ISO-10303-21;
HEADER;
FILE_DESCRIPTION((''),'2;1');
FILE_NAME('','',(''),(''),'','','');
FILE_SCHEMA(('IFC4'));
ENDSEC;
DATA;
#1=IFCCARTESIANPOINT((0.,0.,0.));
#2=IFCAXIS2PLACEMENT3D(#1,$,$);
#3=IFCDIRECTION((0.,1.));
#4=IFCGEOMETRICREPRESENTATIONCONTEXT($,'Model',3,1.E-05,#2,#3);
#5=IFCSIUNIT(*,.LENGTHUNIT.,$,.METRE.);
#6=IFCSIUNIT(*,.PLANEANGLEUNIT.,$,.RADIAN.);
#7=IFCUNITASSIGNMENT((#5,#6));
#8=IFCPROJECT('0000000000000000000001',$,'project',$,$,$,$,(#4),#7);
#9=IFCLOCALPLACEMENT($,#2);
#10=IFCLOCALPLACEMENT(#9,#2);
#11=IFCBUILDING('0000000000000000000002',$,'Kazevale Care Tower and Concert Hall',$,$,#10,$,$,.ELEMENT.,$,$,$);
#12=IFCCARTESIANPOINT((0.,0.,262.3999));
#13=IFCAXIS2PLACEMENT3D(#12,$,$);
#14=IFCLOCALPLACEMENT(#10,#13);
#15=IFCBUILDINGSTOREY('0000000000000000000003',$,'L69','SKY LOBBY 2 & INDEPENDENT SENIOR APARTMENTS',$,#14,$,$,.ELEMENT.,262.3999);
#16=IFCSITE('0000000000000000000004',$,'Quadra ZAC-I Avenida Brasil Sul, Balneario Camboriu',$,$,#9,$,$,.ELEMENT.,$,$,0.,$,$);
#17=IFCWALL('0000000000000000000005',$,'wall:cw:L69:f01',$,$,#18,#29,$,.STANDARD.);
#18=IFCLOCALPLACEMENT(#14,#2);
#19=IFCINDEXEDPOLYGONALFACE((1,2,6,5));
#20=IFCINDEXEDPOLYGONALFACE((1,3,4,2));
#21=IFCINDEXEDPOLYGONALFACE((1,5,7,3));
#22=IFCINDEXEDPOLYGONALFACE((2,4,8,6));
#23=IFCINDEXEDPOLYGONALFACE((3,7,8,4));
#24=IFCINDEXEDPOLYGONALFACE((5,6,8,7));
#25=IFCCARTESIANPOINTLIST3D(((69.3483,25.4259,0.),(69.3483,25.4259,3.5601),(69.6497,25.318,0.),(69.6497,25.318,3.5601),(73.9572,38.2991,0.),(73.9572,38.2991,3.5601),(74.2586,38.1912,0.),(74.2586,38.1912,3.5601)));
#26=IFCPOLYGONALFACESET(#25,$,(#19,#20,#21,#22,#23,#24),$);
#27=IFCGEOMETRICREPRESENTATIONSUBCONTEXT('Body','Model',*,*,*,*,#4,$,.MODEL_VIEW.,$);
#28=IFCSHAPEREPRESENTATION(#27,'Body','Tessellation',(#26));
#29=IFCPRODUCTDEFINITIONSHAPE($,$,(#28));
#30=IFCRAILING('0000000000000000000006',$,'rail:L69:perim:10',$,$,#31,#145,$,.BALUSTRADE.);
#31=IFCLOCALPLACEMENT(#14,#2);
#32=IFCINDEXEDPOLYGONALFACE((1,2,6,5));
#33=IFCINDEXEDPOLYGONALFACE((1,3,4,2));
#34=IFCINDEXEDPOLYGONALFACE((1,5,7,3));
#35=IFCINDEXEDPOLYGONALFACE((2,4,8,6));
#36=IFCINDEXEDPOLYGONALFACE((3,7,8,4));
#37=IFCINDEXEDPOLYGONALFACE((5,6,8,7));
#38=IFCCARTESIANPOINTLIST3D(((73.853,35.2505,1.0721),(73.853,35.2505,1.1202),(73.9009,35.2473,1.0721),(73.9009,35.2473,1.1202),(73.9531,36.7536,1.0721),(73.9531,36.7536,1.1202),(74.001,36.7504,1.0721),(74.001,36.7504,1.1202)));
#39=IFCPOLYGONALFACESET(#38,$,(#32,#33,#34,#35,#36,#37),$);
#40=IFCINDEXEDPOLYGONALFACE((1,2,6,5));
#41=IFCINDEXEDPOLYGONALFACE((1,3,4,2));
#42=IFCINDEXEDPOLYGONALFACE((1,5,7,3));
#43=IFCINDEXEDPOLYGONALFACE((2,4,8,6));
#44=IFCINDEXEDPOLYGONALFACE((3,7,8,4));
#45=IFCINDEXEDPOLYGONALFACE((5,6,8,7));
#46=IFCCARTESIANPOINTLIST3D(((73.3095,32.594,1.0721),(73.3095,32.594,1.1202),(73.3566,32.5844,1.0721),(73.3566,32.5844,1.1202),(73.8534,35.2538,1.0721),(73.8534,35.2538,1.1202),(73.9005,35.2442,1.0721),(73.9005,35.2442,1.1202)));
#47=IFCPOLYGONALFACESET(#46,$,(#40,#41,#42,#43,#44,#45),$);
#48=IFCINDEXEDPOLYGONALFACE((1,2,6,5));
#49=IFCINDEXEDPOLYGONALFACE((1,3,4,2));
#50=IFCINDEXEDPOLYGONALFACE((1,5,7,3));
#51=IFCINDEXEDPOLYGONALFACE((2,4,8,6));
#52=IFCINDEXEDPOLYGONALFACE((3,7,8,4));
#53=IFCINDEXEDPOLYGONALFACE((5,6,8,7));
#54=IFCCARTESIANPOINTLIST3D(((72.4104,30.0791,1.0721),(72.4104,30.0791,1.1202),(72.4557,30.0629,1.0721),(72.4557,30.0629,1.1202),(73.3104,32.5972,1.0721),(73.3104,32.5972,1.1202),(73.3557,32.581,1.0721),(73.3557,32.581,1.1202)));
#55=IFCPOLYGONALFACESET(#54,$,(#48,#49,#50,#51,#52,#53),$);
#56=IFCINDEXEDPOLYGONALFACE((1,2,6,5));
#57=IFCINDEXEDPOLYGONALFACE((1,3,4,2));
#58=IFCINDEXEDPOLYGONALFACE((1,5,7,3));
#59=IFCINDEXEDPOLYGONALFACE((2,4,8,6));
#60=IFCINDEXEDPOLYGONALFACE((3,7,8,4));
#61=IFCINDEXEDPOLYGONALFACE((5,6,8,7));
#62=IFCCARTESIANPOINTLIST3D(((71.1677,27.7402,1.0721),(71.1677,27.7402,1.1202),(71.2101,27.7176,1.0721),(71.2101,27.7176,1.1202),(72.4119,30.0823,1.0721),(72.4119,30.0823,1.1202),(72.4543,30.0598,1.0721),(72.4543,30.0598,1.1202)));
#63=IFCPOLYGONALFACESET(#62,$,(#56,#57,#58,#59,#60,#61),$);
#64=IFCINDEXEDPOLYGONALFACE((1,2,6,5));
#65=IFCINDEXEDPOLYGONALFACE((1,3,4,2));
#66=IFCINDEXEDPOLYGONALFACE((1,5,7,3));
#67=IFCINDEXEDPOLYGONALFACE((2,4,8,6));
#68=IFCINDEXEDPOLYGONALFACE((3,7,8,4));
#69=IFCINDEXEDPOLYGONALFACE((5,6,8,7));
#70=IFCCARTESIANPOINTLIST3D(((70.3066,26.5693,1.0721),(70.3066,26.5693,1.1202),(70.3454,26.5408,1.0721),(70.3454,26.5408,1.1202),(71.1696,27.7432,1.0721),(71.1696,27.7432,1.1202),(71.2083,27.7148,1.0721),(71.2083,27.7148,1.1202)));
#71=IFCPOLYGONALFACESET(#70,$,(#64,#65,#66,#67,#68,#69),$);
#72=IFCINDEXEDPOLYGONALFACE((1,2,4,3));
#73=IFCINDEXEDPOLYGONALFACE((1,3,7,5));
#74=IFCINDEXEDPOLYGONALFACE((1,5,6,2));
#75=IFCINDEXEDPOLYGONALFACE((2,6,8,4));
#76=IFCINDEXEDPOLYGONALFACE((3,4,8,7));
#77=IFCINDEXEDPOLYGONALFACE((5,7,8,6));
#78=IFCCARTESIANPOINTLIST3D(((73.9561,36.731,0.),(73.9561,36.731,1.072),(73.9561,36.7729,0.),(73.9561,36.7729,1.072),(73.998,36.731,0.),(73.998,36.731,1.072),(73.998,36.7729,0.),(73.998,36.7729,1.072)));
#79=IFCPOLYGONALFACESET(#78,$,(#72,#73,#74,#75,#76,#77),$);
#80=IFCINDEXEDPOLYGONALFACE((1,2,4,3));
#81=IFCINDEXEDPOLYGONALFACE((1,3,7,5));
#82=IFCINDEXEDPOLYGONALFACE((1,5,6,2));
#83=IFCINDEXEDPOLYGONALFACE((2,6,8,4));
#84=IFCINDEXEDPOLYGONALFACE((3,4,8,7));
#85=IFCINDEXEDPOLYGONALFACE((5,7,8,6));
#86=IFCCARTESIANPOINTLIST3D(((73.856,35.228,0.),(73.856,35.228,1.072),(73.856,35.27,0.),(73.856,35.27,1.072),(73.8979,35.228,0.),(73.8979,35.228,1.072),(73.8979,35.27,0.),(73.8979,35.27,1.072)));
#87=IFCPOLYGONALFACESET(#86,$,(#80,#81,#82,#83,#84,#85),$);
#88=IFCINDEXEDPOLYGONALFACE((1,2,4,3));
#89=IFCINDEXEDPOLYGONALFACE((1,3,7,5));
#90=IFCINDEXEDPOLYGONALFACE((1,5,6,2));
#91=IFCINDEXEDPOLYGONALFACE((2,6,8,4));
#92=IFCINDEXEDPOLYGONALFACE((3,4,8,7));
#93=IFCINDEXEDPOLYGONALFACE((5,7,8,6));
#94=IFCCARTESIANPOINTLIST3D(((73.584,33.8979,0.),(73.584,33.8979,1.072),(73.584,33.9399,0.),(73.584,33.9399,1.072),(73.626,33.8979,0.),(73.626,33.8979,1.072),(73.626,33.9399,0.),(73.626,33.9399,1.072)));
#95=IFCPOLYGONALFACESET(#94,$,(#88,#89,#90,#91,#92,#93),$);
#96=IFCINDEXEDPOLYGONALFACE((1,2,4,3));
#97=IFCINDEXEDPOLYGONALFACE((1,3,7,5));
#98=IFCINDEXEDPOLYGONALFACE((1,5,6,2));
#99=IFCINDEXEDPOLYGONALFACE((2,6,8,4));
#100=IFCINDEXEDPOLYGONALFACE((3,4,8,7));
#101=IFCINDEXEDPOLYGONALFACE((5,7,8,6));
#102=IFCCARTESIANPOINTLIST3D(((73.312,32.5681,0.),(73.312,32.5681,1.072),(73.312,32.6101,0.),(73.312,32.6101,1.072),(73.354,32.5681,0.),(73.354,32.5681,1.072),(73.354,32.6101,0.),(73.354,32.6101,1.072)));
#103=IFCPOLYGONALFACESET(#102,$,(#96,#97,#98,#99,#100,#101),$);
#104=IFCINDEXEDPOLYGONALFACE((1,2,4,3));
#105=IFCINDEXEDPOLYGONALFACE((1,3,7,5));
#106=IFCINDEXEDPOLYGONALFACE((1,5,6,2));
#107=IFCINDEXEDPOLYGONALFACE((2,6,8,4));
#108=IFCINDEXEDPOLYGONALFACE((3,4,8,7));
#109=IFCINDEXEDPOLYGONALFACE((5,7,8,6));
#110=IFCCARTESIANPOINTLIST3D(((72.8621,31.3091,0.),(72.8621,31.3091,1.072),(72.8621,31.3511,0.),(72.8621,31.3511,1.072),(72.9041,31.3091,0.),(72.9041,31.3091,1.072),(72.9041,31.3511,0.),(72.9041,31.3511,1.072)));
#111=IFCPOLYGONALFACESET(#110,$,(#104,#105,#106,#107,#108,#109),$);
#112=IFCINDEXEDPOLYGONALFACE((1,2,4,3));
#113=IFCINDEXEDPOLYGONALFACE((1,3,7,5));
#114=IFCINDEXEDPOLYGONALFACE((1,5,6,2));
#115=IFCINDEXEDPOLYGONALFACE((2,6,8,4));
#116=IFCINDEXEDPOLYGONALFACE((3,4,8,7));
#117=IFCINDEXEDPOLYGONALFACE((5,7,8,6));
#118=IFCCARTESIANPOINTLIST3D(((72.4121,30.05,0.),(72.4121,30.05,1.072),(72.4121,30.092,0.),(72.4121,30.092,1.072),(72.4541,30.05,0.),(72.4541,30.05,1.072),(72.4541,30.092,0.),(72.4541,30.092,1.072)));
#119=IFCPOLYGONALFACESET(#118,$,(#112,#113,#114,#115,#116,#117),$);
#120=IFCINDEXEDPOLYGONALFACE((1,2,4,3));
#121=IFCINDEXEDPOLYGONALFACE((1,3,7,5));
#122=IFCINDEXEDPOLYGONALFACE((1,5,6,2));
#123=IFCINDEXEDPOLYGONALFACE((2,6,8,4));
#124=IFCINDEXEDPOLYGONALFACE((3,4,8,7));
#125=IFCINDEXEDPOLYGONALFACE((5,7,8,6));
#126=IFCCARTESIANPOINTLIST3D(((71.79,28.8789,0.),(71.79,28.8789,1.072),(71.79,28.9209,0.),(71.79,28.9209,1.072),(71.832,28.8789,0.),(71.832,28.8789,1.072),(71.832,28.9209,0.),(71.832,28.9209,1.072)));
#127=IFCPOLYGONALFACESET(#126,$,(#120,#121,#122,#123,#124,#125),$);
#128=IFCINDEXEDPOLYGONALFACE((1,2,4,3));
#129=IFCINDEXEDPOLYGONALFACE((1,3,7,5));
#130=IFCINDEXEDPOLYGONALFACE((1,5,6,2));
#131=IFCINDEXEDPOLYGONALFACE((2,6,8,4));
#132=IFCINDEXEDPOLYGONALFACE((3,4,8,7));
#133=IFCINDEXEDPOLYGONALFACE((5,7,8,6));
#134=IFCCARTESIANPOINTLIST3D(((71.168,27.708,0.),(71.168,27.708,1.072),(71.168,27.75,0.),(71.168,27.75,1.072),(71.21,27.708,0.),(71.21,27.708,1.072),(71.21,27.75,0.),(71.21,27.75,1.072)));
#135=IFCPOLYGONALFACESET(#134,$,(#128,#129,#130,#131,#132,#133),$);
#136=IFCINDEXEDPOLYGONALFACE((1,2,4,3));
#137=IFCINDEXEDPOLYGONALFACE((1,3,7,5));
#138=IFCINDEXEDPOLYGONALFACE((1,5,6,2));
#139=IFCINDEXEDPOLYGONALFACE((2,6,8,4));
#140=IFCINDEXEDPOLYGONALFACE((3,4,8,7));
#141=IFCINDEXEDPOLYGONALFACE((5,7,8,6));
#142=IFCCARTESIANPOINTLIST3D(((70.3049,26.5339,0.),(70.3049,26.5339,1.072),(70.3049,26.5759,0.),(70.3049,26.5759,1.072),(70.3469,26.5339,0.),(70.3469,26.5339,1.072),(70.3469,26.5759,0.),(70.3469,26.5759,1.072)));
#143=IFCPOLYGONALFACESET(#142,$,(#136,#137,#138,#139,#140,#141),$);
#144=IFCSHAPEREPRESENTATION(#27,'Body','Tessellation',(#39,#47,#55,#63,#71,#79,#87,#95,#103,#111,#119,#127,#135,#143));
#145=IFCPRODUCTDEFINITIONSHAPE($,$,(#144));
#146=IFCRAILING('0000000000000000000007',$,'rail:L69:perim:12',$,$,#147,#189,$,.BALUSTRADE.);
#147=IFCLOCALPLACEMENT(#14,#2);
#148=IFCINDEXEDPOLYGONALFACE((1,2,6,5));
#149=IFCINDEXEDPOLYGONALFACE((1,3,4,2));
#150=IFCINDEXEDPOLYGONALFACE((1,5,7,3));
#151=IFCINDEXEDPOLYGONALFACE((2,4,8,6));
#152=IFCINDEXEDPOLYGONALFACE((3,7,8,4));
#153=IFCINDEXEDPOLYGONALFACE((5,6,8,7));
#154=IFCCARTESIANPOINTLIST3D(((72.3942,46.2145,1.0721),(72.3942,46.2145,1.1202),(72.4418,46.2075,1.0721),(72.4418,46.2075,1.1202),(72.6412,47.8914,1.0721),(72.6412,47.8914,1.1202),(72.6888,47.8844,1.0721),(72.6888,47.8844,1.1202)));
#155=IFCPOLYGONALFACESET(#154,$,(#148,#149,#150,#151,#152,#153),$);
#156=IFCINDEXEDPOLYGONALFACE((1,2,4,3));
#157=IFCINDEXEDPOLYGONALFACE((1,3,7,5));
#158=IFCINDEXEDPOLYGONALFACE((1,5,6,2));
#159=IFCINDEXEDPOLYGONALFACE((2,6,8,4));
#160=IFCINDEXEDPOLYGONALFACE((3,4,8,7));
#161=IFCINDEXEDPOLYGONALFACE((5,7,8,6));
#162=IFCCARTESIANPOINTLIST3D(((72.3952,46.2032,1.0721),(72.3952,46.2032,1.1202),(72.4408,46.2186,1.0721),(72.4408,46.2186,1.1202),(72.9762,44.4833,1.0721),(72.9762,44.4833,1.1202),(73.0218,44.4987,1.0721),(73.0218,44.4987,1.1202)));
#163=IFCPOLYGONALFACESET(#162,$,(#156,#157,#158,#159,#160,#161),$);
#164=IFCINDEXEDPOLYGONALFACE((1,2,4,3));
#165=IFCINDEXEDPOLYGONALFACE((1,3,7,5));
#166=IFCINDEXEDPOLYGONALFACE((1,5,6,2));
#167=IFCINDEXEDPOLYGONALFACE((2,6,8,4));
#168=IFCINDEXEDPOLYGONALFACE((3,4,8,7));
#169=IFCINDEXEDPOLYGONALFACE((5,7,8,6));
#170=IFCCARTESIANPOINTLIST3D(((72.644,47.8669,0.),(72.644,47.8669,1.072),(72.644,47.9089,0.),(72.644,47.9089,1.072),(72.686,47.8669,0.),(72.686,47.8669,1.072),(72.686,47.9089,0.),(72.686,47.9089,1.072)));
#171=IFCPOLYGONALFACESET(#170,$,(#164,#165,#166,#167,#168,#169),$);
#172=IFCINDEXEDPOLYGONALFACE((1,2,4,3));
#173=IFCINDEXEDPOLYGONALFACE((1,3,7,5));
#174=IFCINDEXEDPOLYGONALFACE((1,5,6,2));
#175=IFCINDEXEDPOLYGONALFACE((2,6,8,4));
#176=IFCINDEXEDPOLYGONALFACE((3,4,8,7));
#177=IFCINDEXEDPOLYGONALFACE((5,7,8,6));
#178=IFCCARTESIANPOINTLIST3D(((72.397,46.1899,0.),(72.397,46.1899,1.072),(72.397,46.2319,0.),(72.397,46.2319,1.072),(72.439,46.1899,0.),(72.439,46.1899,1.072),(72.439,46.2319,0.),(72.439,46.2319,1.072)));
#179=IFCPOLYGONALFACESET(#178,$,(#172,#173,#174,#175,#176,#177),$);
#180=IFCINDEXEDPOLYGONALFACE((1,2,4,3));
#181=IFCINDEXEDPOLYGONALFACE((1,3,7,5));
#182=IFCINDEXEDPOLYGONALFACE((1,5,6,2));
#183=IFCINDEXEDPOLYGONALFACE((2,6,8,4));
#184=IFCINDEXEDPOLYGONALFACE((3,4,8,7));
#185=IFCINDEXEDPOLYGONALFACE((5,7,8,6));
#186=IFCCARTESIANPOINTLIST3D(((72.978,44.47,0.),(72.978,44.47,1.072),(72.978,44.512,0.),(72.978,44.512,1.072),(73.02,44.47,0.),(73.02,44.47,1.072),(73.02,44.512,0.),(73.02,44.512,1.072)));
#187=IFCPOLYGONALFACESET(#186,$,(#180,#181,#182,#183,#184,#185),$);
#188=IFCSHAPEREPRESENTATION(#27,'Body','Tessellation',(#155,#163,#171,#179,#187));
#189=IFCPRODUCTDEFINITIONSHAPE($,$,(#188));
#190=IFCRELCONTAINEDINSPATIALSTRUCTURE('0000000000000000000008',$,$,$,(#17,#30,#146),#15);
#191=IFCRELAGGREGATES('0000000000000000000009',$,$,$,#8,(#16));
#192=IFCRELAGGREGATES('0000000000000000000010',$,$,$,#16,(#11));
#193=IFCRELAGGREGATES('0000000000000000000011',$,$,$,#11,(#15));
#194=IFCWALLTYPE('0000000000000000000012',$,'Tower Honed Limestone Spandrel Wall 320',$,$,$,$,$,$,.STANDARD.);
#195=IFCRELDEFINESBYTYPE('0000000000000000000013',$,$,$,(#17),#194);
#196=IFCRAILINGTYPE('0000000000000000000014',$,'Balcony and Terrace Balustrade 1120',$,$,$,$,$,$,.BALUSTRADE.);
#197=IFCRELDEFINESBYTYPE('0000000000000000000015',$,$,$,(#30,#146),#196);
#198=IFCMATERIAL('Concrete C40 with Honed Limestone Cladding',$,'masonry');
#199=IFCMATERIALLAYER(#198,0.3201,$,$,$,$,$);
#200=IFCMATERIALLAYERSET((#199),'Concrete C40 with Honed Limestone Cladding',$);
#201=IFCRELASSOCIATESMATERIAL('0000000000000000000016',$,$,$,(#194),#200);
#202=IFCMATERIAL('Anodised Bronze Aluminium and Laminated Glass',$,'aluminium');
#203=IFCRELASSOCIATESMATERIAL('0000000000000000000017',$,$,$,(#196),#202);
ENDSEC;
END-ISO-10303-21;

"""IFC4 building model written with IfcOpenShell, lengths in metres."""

from ifc_helpers import new_model, si_unit, direction, frame, frame_2d, origin, origin_2d, place, context, subcontext, project, spatial, rectangle, extrude, material, layer, layer_set, type_object, element, save


model = new_model("IFC4")

# Units and contexts
model_context = context("Model", 3, precision=1e-05, world=origin(), true_north=direction((0.0, 1.0)))
body_context = subcontext(model_context, "Body", "Model", "MODEL_VIEW")
ifc_project = project(units=[si_unit("LENGTHUNIT", "METRE"), si_unit("PLANEANGLEUNIT", "RADIAN")], contexts=[model_context])

# Site, building, storey
site_placement = place(None, origin())
site = spatial("IfcSite", under=ifc_project, at=site_placement, Name="Quadra ZAC-I Avenida Brasil Sul, Balneario Camboriu", CompositionType="ELEMENT", RefElevation=0.0)
building_placement = place(site_placement, origin())
building = spatial("IfcBuilding", under=site, at=building_placement, Name="Kazevale Care Tower and Concert Hall", CompositionType="ELEMENT")
storey_placement = place(building_placement, frame((0.0, 0.0, 262.3999)))
storey = spatial("IfcBuildingStorey", under=building, at=storey_placement, Name="L69", Description="SKY LOBBY 2 & INDEPENDENT SENIOR APARTMENTS", CompositionType="ELEMENT", Elevation=262.3999)

# Wall
ifc_material_1 = material(Name="Concrete C40 with Honed Limestone Cladding", Category="masonry")
ifc_layer_1 = layer(ifc_material_1, 0.3201)
ifc_layer_set_1 = layer_set([ifc_layer_1], Name="Concrete C40 with Honed Limestone Cladding")
wall_type_1 = type_object("IfcWallType", Name="Tower Honed Limestone Spandrel Wall 320", PredefinedType="STANDARD", material=ifc_layer_set_1)
wall_1_placement = place(storey_placement, frame((74.1079, 38.2451, 0.0), z_axis=(0.0, 0.0, 1.0), x_axis=(-0.337074, -0.941478, 0.0)))
element("IfcWall", 1, at=wall_1_placement, inside=storey, type_object=wall_type_1, Name="wall:cw:L69:f01", PredefinedType="STANDARD", context=body_context, shape_type="SweptSolid", body=[
    extrude(rectangle(XDim=13.6733, YDim=0.3201, at=frame_2d((6.8367, 0.0))), origin(), (0.0, 0.0, 1.0), 3.5601),
])

# Railings
ifc_material_2 = material(Name="Anodised Bronze Aluminium and Laminated Glass", Category="aluminium")
railing_type = type_object("IfcRailingType", Name="Balcony and Terrace Balustrade 1120", PredefinedType="BALUSTRADE", material=ifc_material_2)
railing_1_placement = place(storey_placement, frame((73.9771, 36.752, 0.0)))
element("IfcRailing", 2, at=railing_1_placement, inside=storey, type_object=railing_type, Name="rail:L69:perim:10", PredefinedType="BALUSTRADE", context=body_context, shape_type="SweptSolid", body=[
    extrude(rectangle(XDim=0.0481, YDim=0.0481, at=origin_2d()), frame((0.0, 0.0, 1.0962), z_axis=(-0.066454, -0.997789, 0.0), x_axis=(0.997789, -0.066454, 0.0)), (0.0, 0.0, 1.0), 1.5063),
    extrude(rectangle(XDim=0.0481, YDim=0.0481, at=origin_2d()), frame((-0.1001, -1.5029, 1.0962), z_axis=(-0.200351, -0.979724, 0.0), x_axis=(0.979724, -0.200351, 0.0)), (0.0, 0.0, 1.0), 2.7148),
    extrude(rectangle(XDim=0.0481, YDim=0.0481, at=origin_2d()), frame((-0.644, -4.1628, 1.0962), z_axis=(-0.336533, -0.941672, 0.0), x_axis=(0.941672, -0.336533, 0.0)), (0.0, 0.0, 1.0), 2.6741),
    extrude(rectangle(XDim=0.0481, YDim=0.0481, at=origin_2d()), frame((-1.5439, -6.6809, 1.0962), z_axis=(-0.469135, -0.883126, 0.0), x_axis=(0.883126, -0.469135, 0.0)), (0.0, 0.0, 1.0), 2.6521),
    extrude(rectangle(XDim=0.0481, YDim=0.0481, at=origin_2d()), frame((-2.7881, -9.0229, 1.0962), z_axis=(-0.592278, -0.805733, 0.0), x_axis=(0.805733, -0.592278, 0.0)), (0.0, 0.0, 1.0), 1.457),
    extrude(rectangle(XDim=0.042, YDim=0.042, at=origin_2d()), origin(), (0.0, 0.0, 1.0), 1.072),
    extrude(rectangle(XDim=0.042, YDim=0.042, at=origin_2d()), frame((-0.1001, -1.5029, 0.0)), (0.0, 0.0, 1.0), 1.072),
    extrude(rectangle(XDim=0.042, YDim=0.042, at=origin_2d()), frame((-0.3721, -2.833, 0.0)), (0.0, 0.0, 1.0), 1.072),
    extrude(rectangle(XDim=0.042, YDim=0.042, at=origin_2d()), frame((-0.644, -4.1628, 0.0)), (0.0, 0.0, 1.0), 1.072),
    extrude(rectangle(XDim=0.042, YDim=0.042, at=origin_2d()), frame((-1.094, -5.4219, 0.0)), (0.0, 0.0, 1.0), 1.072),
    extrude(rectangle(XDim=0.042, YDim=0.042, at=origin_2d()), frame((-1.5439, -6.6809, 0.0)), (0.0, 0.0, 1.0), 1.072),
    extrude(rectangle(XDim=0.042, YDim=0.042, at=origin_2d()), frame((-2.166, -7.8521, 0.0)), (0.0, 0.0, 1.0), 1.072),
    extrude(rectangle(XDim=0.042, YDim=0.042, at=origin_2d()), frame((-2.7881, -9.0229, 0.0)), (0.0, 0.0, 1.0), 1.072),
    extrude(rectangle(XDim=0.042, YDim=0.042, at=origin_2d()), frame((-3.6511, -10.197, 0.0)), (0.0, 0.0, 1.0), 1.072),
])
railing_2_placement = place(storey_placement, frame((72.665, 47.8879, 0.0)))
element("IfcRailing", 3, at=railing_2_placement, inside=storey, type_object=railing_type, Name="rail:L69:perim:12", PredefinedType="BALUSTRADE", context=body_context, shape_type="SweptSolid", body=[
    extrude(rectangle(XDim=0.0481, YDim=0.0481, at=origin_2d()), frame((0.0, 0.0, 1.0962), z_axis=(-0.145755, -0.989321, 0.0), x_axis=(0.989321, -0.145755, 0.0)), (0.0, 0.0, 1.0), 1.6951),
    extrude(rectangle(XDim=0.0481, YDim=0.0481, at=origin_2d()), frame((-0.2471, -1.677, 1.0962), z_axis=(0.320058, -0.947398, 0.0), x_axis=(0.947398, 0.320058, 0.0)), (0.0, 0.0, 1.0), 1.8154),
    extrude(rectangle(XDim=0.042, YDim=0.042, at=origin_2d()), origin(), (0.0, 0.0, 1.0), 1.072),
    extrude(rectangle(XDim=0.042, YDim=0.042, at=origin_2d()), frame((-0.2471, -1.677, 0.0)), (0.0, 0.0, 1.0), 1.072),
    extrude(rectangle(XDim=0.042, YDim=0.042, at=origin_2d()), frame((0.334, -3.397, 0.0)), (0.0, 0.0, 1.0), 1.072),
])

save(model, "model.ifc")
